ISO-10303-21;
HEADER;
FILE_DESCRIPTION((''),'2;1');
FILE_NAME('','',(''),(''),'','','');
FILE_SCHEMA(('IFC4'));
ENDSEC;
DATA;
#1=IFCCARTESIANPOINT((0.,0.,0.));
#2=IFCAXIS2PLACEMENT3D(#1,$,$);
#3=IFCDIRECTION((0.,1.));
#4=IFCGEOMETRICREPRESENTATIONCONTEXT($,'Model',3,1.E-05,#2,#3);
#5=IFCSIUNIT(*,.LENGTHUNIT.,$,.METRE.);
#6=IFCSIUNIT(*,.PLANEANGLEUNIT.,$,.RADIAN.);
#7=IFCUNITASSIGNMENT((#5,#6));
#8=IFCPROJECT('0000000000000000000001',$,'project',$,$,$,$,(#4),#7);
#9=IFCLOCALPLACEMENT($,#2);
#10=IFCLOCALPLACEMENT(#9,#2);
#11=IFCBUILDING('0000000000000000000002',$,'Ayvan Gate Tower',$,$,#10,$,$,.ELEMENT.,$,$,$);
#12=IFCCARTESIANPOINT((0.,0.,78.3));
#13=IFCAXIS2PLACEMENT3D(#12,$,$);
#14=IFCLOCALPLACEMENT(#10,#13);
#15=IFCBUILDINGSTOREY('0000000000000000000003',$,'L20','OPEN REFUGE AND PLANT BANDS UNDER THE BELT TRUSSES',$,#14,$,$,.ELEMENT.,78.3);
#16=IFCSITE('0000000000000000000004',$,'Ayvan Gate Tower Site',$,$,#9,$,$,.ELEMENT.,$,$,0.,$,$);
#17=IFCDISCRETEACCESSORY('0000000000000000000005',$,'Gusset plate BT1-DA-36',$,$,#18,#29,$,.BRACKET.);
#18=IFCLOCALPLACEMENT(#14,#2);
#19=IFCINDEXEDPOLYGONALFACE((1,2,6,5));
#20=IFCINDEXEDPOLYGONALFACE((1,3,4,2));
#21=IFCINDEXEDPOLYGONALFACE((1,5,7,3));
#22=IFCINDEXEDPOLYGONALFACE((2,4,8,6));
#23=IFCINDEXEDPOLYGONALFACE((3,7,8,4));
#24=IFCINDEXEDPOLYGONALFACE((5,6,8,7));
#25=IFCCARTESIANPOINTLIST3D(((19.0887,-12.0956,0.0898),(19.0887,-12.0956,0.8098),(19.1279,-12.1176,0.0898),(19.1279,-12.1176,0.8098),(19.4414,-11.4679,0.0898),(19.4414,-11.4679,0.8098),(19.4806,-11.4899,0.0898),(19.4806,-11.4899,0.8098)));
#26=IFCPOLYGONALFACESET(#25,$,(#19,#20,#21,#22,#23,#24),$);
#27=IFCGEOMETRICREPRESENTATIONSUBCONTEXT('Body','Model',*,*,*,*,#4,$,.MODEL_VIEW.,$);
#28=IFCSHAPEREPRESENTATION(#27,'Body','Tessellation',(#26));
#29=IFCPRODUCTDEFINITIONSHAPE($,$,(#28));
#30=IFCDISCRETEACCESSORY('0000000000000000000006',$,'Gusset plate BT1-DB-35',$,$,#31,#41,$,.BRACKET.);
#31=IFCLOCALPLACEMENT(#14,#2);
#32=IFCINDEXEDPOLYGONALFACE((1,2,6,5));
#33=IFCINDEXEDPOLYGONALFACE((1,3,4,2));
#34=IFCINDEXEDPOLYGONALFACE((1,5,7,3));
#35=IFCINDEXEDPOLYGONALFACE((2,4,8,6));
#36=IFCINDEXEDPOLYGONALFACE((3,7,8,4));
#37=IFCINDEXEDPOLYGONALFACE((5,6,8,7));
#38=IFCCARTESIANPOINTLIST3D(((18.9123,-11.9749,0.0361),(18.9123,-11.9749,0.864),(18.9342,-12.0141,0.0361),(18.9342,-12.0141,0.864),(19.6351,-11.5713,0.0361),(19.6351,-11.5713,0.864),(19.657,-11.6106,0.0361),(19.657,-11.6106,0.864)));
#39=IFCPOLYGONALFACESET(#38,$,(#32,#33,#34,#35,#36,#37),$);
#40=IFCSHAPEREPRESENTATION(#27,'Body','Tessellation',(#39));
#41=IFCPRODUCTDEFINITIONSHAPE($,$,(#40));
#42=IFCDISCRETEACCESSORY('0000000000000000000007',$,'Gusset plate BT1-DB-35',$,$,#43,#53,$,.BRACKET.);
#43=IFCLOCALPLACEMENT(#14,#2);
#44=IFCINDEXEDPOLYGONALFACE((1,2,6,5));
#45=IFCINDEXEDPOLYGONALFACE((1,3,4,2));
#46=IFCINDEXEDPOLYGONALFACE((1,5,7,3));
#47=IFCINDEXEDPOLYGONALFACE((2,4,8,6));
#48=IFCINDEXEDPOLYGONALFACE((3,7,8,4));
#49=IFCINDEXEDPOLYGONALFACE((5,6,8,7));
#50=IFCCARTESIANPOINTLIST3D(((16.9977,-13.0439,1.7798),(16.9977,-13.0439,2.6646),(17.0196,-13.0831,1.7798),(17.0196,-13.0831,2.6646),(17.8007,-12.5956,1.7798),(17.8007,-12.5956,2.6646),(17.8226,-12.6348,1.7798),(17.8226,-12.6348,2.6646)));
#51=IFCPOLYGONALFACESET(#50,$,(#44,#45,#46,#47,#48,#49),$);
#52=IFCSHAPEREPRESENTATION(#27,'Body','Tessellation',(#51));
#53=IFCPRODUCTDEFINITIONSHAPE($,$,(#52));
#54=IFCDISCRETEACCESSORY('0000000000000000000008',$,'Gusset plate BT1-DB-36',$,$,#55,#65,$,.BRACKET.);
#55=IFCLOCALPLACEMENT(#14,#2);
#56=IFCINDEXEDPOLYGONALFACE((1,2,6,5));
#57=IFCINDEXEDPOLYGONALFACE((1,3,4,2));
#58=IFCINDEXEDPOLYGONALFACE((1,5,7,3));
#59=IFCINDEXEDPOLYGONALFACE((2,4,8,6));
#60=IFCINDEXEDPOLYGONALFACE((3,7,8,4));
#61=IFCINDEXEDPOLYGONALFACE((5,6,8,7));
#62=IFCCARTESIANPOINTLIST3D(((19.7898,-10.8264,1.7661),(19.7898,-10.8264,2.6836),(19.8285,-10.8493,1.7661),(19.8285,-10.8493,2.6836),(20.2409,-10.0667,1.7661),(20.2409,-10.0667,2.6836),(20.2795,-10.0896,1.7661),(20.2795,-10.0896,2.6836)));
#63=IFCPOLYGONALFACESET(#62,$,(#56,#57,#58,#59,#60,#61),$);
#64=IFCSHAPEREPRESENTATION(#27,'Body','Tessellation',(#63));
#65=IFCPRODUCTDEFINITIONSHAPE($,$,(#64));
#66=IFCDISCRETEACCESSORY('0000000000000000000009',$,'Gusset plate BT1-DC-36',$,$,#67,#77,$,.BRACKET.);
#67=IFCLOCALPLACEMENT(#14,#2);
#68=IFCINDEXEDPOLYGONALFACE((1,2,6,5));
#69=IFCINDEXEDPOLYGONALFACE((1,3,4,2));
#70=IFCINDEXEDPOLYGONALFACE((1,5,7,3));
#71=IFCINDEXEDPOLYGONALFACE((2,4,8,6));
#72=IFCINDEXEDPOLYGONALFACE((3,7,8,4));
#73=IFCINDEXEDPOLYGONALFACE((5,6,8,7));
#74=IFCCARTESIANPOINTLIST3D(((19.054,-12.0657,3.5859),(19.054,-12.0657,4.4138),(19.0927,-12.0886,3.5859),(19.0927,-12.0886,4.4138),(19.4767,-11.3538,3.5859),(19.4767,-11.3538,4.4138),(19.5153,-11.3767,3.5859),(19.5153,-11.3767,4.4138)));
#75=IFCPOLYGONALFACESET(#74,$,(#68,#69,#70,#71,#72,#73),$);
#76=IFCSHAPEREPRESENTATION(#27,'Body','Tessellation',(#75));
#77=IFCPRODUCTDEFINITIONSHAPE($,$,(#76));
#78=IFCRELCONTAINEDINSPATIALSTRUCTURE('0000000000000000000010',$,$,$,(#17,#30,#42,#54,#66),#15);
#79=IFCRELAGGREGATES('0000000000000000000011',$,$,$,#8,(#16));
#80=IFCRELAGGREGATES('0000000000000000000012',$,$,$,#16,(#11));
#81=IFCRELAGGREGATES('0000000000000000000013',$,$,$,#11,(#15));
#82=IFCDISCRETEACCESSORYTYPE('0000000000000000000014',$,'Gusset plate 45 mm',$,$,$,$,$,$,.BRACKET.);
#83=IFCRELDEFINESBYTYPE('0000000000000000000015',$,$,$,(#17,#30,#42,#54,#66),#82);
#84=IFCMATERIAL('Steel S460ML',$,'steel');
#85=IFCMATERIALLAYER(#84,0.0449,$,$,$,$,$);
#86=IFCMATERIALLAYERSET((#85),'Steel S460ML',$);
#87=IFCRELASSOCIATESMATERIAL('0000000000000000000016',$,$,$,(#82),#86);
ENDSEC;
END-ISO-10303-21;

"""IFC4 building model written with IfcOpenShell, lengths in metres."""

from ifc_helpers import new_model, si_unit, direction, frame, origin, origin_2d, place, context, subcontext, project, spatial, rectangle, extrude, material, layer, layer_set, type_object, element, save


model = new_model("IFC4")

# Units and contexts
model_context = context("Model", 3, precision=1e-05, world=origin(), true_north=direction((0.0, 1.0)))
body_context = subcontext(model_context, "Body", "Model", "MODEL_VIEW")
ifc_project = project(units=[si_unit("LENGTHUNIT", "METRE"), si_unit("PLANEANGLEUNIT", "RADIAN")], contexts=[model_context])

# Site, building, storey
site_placement = place(None, origin())
site = spatial("IfcSite", under=ifc_project, at=site_placement, Name="Ayvan Gate Tower Site", CompositionType="ELEMENT", RefElevation=0.0)
building_placement = place(site_placement, origin())
building = spatial("IfcBuilding", under=site, at=building_placement, Name="Ayvan Gate Tower", CompositionType="ELEMENT")
storey_placement = place(building_placement, frame((0.0, 0.0, 78.3)))
storey = spatial("IfcBuildingStorey", under=building, at=storey_placement, Name="L20", Description="OPEN REFUGE AND PLANT BANDS UNDER THE BELT TRUSSES", CompositionType="ELEMENT", Elevation=78.3)

# Shared definitions
ifc_material_1 = material(Name="Steel S460ML", Category="steel")

# Discrete accessories
ifc_layer_1 = layer(ifc_material_1, 0.0449)
ifc_layer_set_1 = layer_set([ifc_layer_1], Name="Steel S460ML")
discrete_accessory_type = type_object("IfcDiscreteAccessoryType", Name="Gusset plate 45 mm", PredefinedType="BRACKET", material=ifc_layer_set_1)
for number, where, z_axis, x_axis, name in (
    (1, (19.2847, -11.7927, 0.0898), (0.0, 0.0, 1.0), (0.489848, 0.871808, 0.0), "Gusset plate BT1-DA-36"),
):
    element("IfcDiscreteAccessory", number, at=place(storey_placement, frame(where, z_axis=z_axis, x_axis=x_axis)), inside=storey, type_object=discrete_accessory_type, Name=name, PredefinedType="BRACKET", context=body_context, shape_type="SweptSolid", body=[
        extrude(rectangle(XDim=0.72, YDim=0.0449, at=origin_2d()), origin(), (0.0, 0.0, 1.0), 0.72),
    ])
discrete_accessory_1_placement = place(storey_placement, frame((19.2847, -11.7927, 0.0361), z_axis=(0.0, 0.0, 1.0), x_axis=(0.873139, 0.487471, 0.0)))
element("IfcDiscreteAccessory", 2, at=discrete_accessory_1_placement, inside=storey, type_object=discrete_accessory_type, Name="Gusset plate BT1-DB-35", PredefinedType="BRACKET", context=body_context, shape_type="SweptSolid", body=[
    extrude(rectangle(XDim=0.8279, YDim=0.0449, at=origin_2d()), origin(), (0.0, 0.0, 1.0), 0.8279),
])
discrete_accessory_2_placement = place(storey_placement, frame((17.4102, -12.8394, 1.7798), z_axis=(0.0, 0.0, 1.0), x_axis=(0.873139, 0.487471, 0.0)))
element("IfcDiscreteAccessory", 3, at=discrete_accessory_2_placement, inside=storey, type_object=discrete_accessory_type, Name="Gusset plate BT1-DB-35", PredefinedType="BRACKET", context=body_context, shape_type="SweptSolid", body=[
    extrude(rectangle(XDim=0.9197, YDim=0.0449, at=origin_2d()), origin(), (0.0, 0.0, 1.0), 0.8848),
])
discrete_accessory_3_placement = place(storey_placement, frame((20.0347, -10.458, 1.7661), z_axis=(0.0, 0.0, 1.0), x_axis=(0.510507, 0.859874, 0.0)))
element("IfcDiscreteAccessory", 4, at=discrete_accessory_3_placement, inside=storey, type_object=discrete_accessory_type, Name="Gusset plate BT1-DB-36", PredefinedType="BRACKET", context=body_context, shape_type="SweptSolid", body=[
    extrude(rectangle(XDim=0.8835, YDim=0.0449, at=origin_2d()), origin(), (0.0, 0.0, 1.0), 0.9175),
])
discrete_accessory_4_placement = place(storey_placement, frame((19.2847, -11.7212, 3.5859), z_axis=(0.0, 0.0, 1.0), x_axis=(0.510507, 0.859874, 0.0)))
element("IfcDiscreteAccessory", 5, at=discrete_accessory_4_placement, inside=storey, type_object=discrete_accessory_type, Name="Gusset plate BT1-DC-36", PredefinedType="BRACKET", context=body_context, shape_type="SweptSolid", body=[
    extrude(rectangle(XDim=0.8279, YDim=0.0449, at=origin_2d()), origin(), (0.0, 0.0, 1.0), 0.8279),
])

save(model, "model.ifc")
